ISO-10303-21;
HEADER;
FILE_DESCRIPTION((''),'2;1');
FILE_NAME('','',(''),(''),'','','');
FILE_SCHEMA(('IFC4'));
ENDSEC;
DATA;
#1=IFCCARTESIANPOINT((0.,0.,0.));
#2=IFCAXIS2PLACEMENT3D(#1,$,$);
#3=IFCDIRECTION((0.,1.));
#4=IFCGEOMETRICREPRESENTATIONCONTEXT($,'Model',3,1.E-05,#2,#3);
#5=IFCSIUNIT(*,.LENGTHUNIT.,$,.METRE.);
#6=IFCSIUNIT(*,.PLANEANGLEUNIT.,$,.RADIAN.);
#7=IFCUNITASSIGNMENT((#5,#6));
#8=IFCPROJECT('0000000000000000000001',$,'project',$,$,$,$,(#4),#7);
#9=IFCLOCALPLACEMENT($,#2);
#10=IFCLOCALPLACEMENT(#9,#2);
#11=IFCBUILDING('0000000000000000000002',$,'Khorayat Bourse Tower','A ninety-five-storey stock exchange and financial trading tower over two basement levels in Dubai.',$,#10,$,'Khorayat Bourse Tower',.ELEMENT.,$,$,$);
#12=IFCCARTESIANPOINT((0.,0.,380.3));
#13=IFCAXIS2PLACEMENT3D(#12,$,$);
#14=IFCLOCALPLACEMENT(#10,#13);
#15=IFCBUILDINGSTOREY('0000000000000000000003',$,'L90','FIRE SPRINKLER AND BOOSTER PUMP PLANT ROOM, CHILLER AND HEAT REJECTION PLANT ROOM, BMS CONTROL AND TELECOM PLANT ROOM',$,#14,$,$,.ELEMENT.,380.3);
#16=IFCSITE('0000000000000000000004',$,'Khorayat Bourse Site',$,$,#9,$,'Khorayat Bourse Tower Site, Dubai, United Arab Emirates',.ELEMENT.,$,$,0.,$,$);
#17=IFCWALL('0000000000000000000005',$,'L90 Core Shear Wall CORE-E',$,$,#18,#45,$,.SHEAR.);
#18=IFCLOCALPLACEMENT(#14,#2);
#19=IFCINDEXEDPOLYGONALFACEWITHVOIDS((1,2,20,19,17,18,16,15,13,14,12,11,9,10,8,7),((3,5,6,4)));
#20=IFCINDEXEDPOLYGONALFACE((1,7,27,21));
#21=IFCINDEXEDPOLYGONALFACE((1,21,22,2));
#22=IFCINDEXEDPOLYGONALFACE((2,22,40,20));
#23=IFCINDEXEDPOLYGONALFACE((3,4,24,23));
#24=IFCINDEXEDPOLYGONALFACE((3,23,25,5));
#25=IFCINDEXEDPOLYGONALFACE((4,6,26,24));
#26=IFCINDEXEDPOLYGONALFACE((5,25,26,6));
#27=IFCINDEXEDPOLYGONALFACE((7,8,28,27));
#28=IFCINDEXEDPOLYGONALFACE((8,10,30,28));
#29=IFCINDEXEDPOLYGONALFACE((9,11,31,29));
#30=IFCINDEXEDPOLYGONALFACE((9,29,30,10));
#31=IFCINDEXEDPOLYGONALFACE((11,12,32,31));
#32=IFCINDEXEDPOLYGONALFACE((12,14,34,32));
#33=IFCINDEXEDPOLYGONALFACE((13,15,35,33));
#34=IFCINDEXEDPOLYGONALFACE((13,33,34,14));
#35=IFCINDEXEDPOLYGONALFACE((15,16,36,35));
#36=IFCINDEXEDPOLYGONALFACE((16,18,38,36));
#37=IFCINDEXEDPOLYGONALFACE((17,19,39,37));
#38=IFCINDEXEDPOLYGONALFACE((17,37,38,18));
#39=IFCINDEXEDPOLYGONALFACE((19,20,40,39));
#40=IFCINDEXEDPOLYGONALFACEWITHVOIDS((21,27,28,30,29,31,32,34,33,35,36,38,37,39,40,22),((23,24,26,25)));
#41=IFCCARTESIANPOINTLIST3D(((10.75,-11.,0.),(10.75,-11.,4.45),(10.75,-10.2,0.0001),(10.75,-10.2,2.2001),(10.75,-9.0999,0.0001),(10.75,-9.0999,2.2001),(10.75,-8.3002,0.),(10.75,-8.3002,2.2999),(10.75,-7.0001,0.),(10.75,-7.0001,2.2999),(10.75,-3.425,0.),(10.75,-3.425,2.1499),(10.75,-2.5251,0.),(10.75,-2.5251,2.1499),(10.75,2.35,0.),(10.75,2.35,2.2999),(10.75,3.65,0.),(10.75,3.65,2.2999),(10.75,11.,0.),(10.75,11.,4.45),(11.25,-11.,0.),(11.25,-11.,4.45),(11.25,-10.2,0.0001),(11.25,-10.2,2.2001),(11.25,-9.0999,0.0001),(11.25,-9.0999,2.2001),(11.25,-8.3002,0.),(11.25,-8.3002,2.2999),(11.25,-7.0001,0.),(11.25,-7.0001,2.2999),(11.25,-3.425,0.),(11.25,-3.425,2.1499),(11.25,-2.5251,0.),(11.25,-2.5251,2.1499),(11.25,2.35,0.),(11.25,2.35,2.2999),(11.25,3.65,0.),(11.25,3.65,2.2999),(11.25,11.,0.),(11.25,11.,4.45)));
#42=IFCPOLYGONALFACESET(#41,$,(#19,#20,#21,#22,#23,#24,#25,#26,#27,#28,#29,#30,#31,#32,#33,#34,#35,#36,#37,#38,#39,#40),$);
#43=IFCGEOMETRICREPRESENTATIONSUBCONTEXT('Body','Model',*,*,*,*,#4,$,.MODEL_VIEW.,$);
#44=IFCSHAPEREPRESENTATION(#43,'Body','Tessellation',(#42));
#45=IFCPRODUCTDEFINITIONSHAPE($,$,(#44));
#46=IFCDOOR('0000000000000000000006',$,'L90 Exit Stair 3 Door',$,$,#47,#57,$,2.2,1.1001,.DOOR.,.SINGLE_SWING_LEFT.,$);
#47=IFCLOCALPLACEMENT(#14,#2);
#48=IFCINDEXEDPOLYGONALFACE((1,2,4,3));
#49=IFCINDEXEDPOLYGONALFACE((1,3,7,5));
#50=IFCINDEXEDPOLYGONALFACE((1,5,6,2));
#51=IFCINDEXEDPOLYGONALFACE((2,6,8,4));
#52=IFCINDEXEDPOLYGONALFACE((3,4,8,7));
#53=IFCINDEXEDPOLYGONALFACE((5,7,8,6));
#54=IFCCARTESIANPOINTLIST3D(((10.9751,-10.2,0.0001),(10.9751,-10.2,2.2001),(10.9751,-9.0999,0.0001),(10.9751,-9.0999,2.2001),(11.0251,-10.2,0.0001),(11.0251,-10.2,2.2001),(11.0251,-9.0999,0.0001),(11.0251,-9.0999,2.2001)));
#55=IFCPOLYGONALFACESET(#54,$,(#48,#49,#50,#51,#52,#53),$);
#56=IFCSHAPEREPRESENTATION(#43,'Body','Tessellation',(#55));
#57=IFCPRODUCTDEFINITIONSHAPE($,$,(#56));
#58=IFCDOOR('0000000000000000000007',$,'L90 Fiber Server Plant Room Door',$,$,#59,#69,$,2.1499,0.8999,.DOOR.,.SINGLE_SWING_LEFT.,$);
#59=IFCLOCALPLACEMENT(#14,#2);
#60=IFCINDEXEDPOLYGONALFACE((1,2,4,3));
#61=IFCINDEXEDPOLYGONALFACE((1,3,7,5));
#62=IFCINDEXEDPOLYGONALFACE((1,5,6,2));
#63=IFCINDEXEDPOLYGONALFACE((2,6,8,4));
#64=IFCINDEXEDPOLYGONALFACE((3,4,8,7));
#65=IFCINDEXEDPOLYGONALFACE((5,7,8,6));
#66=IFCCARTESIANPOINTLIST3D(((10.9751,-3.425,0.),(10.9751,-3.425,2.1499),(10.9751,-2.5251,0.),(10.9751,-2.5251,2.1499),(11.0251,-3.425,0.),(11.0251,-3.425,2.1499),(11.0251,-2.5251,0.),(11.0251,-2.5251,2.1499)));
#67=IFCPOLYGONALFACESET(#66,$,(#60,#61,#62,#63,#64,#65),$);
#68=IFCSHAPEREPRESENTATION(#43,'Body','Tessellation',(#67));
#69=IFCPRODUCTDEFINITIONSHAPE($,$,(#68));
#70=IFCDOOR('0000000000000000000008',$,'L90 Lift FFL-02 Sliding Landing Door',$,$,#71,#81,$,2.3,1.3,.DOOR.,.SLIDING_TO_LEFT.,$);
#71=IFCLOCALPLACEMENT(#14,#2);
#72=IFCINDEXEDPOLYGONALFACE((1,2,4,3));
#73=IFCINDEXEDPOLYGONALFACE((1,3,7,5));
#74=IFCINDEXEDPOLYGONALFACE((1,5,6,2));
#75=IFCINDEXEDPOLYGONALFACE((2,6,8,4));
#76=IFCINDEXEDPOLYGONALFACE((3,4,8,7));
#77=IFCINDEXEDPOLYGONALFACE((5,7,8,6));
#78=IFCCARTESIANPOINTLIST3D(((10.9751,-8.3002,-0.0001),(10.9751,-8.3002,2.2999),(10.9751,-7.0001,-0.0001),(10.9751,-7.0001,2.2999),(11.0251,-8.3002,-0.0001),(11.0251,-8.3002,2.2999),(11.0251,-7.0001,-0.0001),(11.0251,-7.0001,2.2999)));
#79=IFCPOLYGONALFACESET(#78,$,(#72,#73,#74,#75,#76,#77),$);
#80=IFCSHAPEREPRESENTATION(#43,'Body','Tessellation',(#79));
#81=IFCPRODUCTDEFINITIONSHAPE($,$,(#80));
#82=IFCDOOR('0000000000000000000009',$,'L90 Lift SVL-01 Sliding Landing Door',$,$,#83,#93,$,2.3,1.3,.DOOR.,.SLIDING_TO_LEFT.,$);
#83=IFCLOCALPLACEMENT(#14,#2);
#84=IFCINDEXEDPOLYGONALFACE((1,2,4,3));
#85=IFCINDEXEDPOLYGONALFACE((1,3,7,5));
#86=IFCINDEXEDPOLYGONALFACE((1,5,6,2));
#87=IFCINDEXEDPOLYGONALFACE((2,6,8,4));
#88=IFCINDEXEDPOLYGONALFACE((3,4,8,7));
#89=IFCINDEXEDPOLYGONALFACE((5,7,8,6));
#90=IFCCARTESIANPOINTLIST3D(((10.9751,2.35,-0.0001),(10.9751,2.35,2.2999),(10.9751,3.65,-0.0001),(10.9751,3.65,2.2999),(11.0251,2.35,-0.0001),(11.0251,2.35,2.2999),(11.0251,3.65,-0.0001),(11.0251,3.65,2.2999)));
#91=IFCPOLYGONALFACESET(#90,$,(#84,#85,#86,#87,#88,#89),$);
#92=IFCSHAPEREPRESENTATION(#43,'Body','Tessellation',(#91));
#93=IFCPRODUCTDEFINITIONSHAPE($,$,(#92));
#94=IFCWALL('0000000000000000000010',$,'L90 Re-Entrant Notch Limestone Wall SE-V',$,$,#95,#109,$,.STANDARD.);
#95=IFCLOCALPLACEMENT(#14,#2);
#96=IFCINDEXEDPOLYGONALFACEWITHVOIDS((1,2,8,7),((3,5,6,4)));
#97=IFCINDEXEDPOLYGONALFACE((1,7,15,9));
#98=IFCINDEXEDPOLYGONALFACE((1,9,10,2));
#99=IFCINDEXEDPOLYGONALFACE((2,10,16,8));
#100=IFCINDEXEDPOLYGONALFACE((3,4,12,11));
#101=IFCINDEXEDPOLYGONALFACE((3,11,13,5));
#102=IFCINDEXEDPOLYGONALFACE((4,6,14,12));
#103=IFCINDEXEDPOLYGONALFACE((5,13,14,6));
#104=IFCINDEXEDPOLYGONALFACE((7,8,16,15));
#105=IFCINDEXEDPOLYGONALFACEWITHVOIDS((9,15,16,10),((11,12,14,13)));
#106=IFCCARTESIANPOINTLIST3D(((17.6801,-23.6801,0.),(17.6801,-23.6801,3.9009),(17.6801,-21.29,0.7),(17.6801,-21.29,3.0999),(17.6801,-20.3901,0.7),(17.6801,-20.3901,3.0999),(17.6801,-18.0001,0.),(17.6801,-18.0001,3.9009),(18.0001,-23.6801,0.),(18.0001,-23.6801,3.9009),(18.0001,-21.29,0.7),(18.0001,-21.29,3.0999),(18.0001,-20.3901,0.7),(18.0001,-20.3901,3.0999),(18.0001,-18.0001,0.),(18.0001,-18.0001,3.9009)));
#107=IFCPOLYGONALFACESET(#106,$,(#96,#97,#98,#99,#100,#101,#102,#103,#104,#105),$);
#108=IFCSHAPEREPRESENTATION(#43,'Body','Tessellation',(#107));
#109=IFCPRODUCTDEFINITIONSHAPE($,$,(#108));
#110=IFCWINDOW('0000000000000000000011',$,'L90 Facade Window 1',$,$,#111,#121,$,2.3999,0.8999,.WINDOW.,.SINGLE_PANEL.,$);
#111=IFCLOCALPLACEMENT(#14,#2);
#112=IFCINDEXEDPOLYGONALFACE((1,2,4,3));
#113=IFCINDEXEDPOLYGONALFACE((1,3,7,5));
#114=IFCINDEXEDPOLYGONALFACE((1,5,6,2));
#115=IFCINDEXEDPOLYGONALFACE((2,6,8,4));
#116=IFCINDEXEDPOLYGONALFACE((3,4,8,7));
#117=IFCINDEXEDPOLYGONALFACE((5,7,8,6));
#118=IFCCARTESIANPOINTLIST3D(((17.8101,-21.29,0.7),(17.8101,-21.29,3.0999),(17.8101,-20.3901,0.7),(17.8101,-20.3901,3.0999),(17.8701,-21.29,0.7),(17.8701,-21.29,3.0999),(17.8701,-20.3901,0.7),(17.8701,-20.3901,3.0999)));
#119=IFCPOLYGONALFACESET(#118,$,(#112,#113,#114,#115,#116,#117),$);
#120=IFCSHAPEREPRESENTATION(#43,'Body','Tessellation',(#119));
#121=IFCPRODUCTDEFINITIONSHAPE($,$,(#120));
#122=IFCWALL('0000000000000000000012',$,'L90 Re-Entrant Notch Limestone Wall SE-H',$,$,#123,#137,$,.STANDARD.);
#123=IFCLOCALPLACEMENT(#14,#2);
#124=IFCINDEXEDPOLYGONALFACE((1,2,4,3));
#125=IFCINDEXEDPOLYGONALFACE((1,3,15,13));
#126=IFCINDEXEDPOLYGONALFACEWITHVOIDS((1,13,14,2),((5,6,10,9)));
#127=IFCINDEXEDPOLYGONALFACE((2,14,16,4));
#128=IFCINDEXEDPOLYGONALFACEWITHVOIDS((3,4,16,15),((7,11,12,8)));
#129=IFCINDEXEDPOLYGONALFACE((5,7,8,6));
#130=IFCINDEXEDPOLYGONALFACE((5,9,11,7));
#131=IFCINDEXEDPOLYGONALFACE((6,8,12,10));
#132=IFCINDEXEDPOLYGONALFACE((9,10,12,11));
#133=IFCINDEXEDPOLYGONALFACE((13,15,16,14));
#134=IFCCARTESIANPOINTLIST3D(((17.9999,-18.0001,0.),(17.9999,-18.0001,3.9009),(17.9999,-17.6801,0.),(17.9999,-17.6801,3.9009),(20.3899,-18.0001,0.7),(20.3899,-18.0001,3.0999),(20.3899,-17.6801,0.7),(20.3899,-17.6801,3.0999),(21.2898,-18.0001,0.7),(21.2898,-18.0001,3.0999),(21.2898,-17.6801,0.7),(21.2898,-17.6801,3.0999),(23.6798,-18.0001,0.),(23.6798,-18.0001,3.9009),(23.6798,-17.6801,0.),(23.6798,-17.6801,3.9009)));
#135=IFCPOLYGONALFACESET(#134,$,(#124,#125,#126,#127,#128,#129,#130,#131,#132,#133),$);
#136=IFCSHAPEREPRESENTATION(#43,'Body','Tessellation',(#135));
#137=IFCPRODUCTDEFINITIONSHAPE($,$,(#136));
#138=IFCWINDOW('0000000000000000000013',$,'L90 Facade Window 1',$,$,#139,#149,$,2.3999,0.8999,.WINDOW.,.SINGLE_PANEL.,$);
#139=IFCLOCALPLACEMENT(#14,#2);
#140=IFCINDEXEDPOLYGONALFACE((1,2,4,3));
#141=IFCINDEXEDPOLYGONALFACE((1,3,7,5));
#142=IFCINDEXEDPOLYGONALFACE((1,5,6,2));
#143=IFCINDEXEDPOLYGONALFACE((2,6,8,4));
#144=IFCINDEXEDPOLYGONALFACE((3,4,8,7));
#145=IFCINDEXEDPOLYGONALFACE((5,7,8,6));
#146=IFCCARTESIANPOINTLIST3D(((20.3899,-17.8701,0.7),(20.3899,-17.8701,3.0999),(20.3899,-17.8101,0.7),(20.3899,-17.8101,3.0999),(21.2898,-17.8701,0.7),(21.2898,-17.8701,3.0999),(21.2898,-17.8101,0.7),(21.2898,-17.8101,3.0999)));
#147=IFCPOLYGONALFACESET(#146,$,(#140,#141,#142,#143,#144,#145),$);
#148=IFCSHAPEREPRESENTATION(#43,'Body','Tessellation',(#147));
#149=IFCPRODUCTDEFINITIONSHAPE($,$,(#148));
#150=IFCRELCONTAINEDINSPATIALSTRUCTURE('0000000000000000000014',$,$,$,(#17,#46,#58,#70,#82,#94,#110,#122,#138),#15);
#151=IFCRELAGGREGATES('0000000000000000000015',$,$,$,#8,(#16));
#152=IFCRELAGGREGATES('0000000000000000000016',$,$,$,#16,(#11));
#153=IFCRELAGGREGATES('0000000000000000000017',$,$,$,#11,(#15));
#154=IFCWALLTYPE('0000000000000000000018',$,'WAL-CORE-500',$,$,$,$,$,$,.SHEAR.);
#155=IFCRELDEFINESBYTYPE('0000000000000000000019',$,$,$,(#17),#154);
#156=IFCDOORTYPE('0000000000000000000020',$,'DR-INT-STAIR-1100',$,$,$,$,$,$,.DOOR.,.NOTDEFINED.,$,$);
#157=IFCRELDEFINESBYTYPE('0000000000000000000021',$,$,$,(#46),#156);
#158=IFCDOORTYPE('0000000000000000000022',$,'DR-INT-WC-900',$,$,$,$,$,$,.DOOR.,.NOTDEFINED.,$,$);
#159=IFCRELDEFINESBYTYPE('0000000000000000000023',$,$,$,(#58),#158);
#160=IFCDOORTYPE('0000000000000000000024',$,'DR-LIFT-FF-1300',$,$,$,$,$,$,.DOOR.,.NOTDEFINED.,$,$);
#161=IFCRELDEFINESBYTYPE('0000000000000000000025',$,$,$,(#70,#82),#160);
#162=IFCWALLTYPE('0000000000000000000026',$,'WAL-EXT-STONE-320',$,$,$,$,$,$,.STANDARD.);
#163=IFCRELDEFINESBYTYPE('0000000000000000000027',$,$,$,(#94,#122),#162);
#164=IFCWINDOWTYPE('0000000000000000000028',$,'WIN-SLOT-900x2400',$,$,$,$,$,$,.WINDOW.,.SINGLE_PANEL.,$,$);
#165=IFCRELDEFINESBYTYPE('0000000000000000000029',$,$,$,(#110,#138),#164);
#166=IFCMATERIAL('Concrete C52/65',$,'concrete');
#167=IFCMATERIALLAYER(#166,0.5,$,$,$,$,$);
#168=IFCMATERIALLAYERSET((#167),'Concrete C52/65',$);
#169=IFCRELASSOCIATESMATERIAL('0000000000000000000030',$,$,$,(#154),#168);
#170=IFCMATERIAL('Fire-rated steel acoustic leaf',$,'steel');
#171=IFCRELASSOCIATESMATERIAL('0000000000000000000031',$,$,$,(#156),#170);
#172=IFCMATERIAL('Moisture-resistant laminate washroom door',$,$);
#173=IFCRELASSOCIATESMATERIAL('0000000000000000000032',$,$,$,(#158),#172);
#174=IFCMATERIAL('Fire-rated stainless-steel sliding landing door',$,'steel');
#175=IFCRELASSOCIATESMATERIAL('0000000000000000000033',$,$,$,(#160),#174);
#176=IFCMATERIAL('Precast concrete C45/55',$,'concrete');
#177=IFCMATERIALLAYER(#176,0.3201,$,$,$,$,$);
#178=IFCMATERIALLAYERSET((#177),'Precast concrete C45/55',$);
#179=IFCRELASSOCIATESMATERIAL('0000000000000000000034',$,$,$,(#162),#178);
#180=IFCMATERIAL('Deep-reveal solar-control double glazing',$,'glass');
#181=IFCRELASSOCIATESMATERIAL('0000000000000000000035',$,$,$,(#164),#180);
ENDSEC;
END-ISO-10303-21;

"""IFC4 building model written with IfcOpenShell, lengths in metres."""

from ifc_helpers import new_model, si_unit, direction, frame, frame_2d, origin, place, context, subcontext, project, spatial, rectangle, extrude, source, transform, mapped, material, layer, layer_set, type_object, element, fill, save


model = new_model("IFC4")

# Units and contexts
model_context = context("Model", 3, precision=1e-05, world=origin(), true_north=direction((0.0, 1.0)))
body_context = subcontext(model_context, "Body", "Model", "MODEL_VIEW")
ifc_project = project(units=[si_unit("LENGTHUNIT", "METRE"), si_unit("PLANEANGLEUNIT", "RADIAN")], contexts=[model_context])

# Site, building, storey
site_placement = place(None, origin())
site = spatial("IfcSite", under=ifc_project, at=site_placement, Name="Khorayat Bourse Site", LongName="Khorayat Bourse Tower Site, Dubai, United Arab Emirates", CompositionType="ELEMENT", RefElevation=0.0)
building_placement = place(site_placement, origin())
building = spatial("IfcBuilding", under=site, at=building_placement, Name="Khorayat Bourse Tower", Description="A ninety-five-storey stock exchange and financial trading tower over two basement levels in Dubai.", LongName="Khorayat Bourse Tower", CompositionType="ELEMENT")
storey_placement = place(building_placement, frame((0.0, 0.0, 380.3)))
storey = spatial("IfcBuildingStorey", under=building, at=storey_placement, Name="L90", Description="FIRE SPRINKLER AND BOOSTER PUMP PLANT ROOM, CHILLER AND HEAT REJECTION PLANT ROOM, BMS CONTROL AND TELECOM PLANT ROOM", CompositionType="ELEMENT", Elevation=380.3)

# Wall, openings, doors
ifc_material_1 = material(Name="Concrete C52/65", Category="concrete")
ifc_layer_1 = layer(ifc_material_1, 0.5)
ifc_layer_set_1 = layer_set([ifc_layer_1], Name="Concrete C52/65")
wall_type_1 = type_object("IfcWallType", Name="WAL-CORE-500", PredefinedType="SHEAR", material=ifc_layer_set_1)
shared_shape_1 = source(origin(), body_context, "Body", "SweptSolid", [
    extrude(rectangle(XDim=22.0, YDim=0.5, at=frame_2d((11.0, 0.0))), origin(), (0.0, 0.0, 1.0), 4.45),
])
wall_1_placement = place(storey_placement, frame((11.0, -11.0, 0.0), z_axis=(0.0, 0.0, 1.0), x_axis=(0.0, 1.0, 0.0)))
wall_1 = element("IfcWall", 1, at=wall_1_placement, inside=storey, type_object=wall_type_1, Name="L90 Core Shear Wall CORE-E", PredefinedType="SHEAR", context=body_context, shape_type="MappedRepresentation", body=[
    mapped(shared_shape_1, transform((0.0, 0.0, 0.0), scale=1.0)),
])
shared_shape_2 = source(origin(), body_context, "Body", "SweptSolid", [
    extrude(rectangle(XDim=1.1001, YDim=2.2, at=frame_2d((0.55, 1.1001))), frame((0.0, 0.26, 0.0), z_axis=(0.0, -1.0, 0.0), x_axis=(1.0, 0.0, 0.0)), (0.0, 0.0, 1.0), 0.52),
])
opening_1_placement = place(wall_1_placement, frame((0.8, 0.0, 0.0)))
opening_1 = element("IfcOpeningElement", 2, at=opening_1_placement, cuts=wall_1, PredefinedType="OPENING", context=body_context, shape_type="MappedRepresentation", body=[
    mapped(shared_shape_2, transform((0.0, 0.0, 0.0), scale=1.0)),
])
shared_shape_3 = source(origin(), body_context, "Body", "SweptSolid", [
    extrude(rectangle(XDim=0.8999, YDim=2.1499, at=frame_2d((0.45, 1.075))), frame((0.0, 0.26, 0.0), z_axis=(0.0, -1.0, 0.0), x_axis=(1.0, 0.0, 0.0)), (0.0, 0.0, 1.0), 0.52),
])
opening_2_placement = place(wall_1_placement, frame((7.575, 0.0, 0.0)))
opening_2 = element("IfcOpeningElement", 3, at=opening_2_placement, cuts=wall_1, PredefinedType="OPENING", context=body_context, shape_type="MappedRepresentation", body=[
    mapped(shared_shape_3, transform((0.0, 0.0, 0.0), scale=1.0)),
])
shared_shape_4 = source(origin(), body_context, "Body", "SweptSolid", [
    extrude(rectangle(XDim=1.3, YDim=2.3, at=frame_2d((0.6499, 1.1499))), frame((0.0, 0.26, 0.0), z_axis=(0.0, -1.0, 0.0), x_axis=(1.0, 0.0, 0.0)), (0.0, 0.0, 1.0), 0.52),
])
opening_3_placement = place(wall_1_placement, frame((2.7, 0.0, 0.0)))
opening_3 = element("IfcOpeningElement", 4, at=opening_3_placement, cuts=wall_1, PredefinedType="OPENING", context=body_context, shape_type="MappedRepresentation", body=[
    mapped(shared_shape_4, transform((0.0, 0.0, 0.0), scale=1.0)),
])
opening_4_placement = place(wall_1_placement, frame((13.3501, 0.0, 0.0)))
opening_4 = element("IfcOpeningElement", 5, at=opening_4_placement, cuts=wall_1, PredefinedType="OPENING", context=body_context, shape_type="MappedRepresentation", body=[
    mapped(shared_shape_4, transform((0.0, 0.0, 0.0), scale=1.0)),
])
ifc_material_2 = material(Name="Fire-rated steel acoustic leaf", Category="steel")
door_type_1 = type_object("IfcDoorType", Name="DR-INT-STAIR-1100", OperationType="NOTDEFINED", PredefinedType="DOOR", material=ifc_material_2)
shared_shape_5 = source(origin(), body_context, "Body", "SweptSolid", [
    extrude(rectangle(XDim=1.1001, YDim=2.2, at=frame_2d((0.55, 1.1001))), frame((0.0, 0.0249, 0.0), z_axis=(0.0, -1.0, 0.0), x_axis=(1.0, 0.0, 0.0)), (0.0, 0.0, 1.0), 0.05),
])
door_1_placement = place(opening_1_placement, origin())
door_1 = element("IfcDoor", 6, at=door_1_placement, inside=storey, type_object=door_type_1, Name="L90 Exit Stair 3 Door", OperationType="SINGLE_SWING_LEFT", OverallHeight=2.2, OverallWidth=1.1001, PredefinedType="DOOR", context=body_context, shape_type="MappedRepresentation", body=[
    mapped(shared_shape_5, transform((0.0, 0.0, 0.0), scale=1.0)),
])
fill(opening_1, door_1)
ifc_material_3 = material(Name="Moisture-resistant laminate washroom door")
door_type_2 = type_object("IfcDoorType", Name="DR-INT-WC-900", OperationType="NOTDEFINED", PredefinedType="DOOR", material=ifc_material_3)
shared_shape_6 = source(origin(), body_context, "Body", "SweptSolid", [
    extrude(rectangle(XDim=0.8999, YDim=2.1499, at=frame_2d((0.45, 1.075))), frame((0.0, 0.0249, 0.0), z_axis=(0.0, -1.0, 0.0), x_axis=(1.0, 0.0, 0.0)), (0.0, 0.0, 1.0), 0.05),
])
door_2_placement = place(opening_2_placement, origin())
door_2 = element("IfcDoor", 7, at=door_2_placement, inside=storey, type_object=door_type_2, Name="L90 Fiber Server Plant Room Door", OperationType="SINGLE_SWING_LEFT", OverallHeight=2.1499, OverallWidth=0.8999, PredefinedType="DOOR", context=body_context, shape_type="MappedRepresentation", body=[
    mapped(shared_shape_6, transform((0.0, 0.0, 0.0), scale=1.0)),
])
fill(opening_2, door_2)
ifc_material_4 = material(Name="Fire-rated stainless-steel sliding landing door", Category="steel")
door_type_3 = type_object("IfcDoorType", Name="DR-LIFT-FF-1300", OperationType="NOTDEFINED", PredefinedType="DOOR", material=ifc_material_4)
shared_shape_7 = source(origin(), body_context, "Body", "SweptSolid", [
    extrude(rectangle(XDim=1.3, YDim=2.3, at=frame_2d((0.6499, 1.1499))), frame((0.0, 0.0249, 0.0), z_axis=(0.0, -1.0, 0.0), x_axis=(1.0, 0.0, 0.0)), (0.0, 0.0, 1.0), 0.05),
])
door_3_placement = place(opening_3_placement, origin())
door_3 = element("IfcDoor", 8, at=door_3_placement, inside=storey, type_object=door_type_3, Name="L90 Lift FFL-02 Sliding Landing Door", OperationType="SLIDING_TO_LEFT", OverallHeight=2.3, OverallWidth=1.3, PredefinedType="DOOR", context=body_context, shape_type="MappedRepresentation", body=[
    mapped(shared_shape_7, transform((0.0, 0.0, 0.0), scale=1.0)),
])
fill(opening_3, door_3)
door_4_placement = place(opening_4_placement, origin())
door_4 = element("IfcDoor", 9, at=door_4_placement, inside=storey, type_object=door_type_3, Name="L90 Lift SVL-01 Sliding Landing Door", OperationType="SLIDING_TO_LEFT", OverallHeight=2.3, OverallWidth=1.3, PredefinedType="DOOR", context=body_context, shape_type="MappedRepresentation", body=[
    mapped(shared_shape_7, transform((0.0, 0.0, 0.0), scale=1.0)),
])
fill(opening_4, door_4)

# Walls, openings, windows
ifc_material_5 = material(Name="Precast concrete C45/55", Category="concrete")
ifc_layer_2 = layer(ifc_material_5, 0.3201)
ifc_layer_set_2 = layer_set([ifc_layer_2], Name="Precast concrete C45/55")
wall_type_2 = type_object("IfcWallType", Name="WAL-EXT-STONE-320", PredefinedType="STANDARD", material=ifc_layer_set_2)
shared_shape_8 = source(origin(), body_context, "Body", "SweptSolid", [
    extrude(rectangle(XDim=5.6799, YDim=0.3201, at=frame_2d((2.8398, 0.0))), origin(), (0.0, 0.0, 1.0), 3.9009),
])
wall_2_placement = place(storey_placement, frame((17.8401, -23.6799, 0.0), z_axis=(0.0, 0.0, 1.0), x_axis=(0.0, 1.0, 0.0)))
wall_2 = element("IfcWall", 10, at=wall_2_placement, inside=storey, type_object=wall_type_2, Name="L90 Re-Entrant Notch Limestone Wall SE-V", PredefinedType="STANDARD", context=body_context, shape_type="MappedRepresentation", body=[
    mapped(shared_shape_8, transform((0.0, 0.0, 0.0), scale=1.0)),
])
shared_shape_9 = source(origin(), body_context, "Body", "SweptSolid", [
    extrude(rectangle(XDim=0.8999, YDim=2.3999, at=frame_2d((0.45, 1.2))), frame((0.0, 0.1699, 0.0), z_axis=(0.0, -1.0, 0.0), x_axis=(1.0, 0.0, 0.0)), (0.0, 0.0, 1.0), 0.3401),
])
opening_5_placement = place(wall_2_placement, frame((2.3899, 0.0, 0.7)))
opening_5 = element("IfcOpeningElement", 11, at=opening_5_placement, cuts=wall_2, PredefinedType="OPENING", context=body_context, shape_type="MappedRepresentation", body=[
    mapped(shared_shape_9, transform((0.0, 0.0, 0.0), scale=1.0)),
])
ifc_material_6 = material(Name="Deep-reveal solar-control double glazing", Category="glass")
window_type = type_object("IfcWindowType", Name="WIN-SLOT-900x2400", PartitioningType="SINGLE_PANEL", PredefinedType="WINDOW", material=ifc_material_6)
shared_shape_10 = source(origin(), body_context, "Body", "SweptSolid", [
    extrude(rectangle(XDim=0.8999, YDim=2.3999, at=frame_2d((0.45, 1.2))), frame((0.0, 0.03, 0.0), z_axis=(0.0, -1.0, 0.0), x_axis=(1.0, 0.0, 0.0)), (0.0, 0.0, 1.0), 0.0601),
])
window_1_placement = place(opening_5_placement, origin())
window_1 = element("IfcWindow", 12, at=window_1_placement, inside=storey, type_object=window_type, Name="L90 Facade Window 1", OverallHeight=2.3999, OverallWidth=0.8999, PartitioningType="SINGLE_PANEL", PredefinedType="WINDOW", context=body_context, shape_type="MappedRepresentation", body=[
    mapped(shared_shape_10, transform((0.0, 0.0, 0.0), scale=1.0)),
])
fill(opening_5, window_1)
wall_3_placement = place(storey_placement, frame((18.0, -17.8401, 0.0), z_axis=(0.0, 0.0, 1.0), x_axis=(1.0, 0.0, 0.0)))
wall_3 = element("IfcWall", 13, at=wall_3_placement, inside=storey, type_object=wall_type_2, Name="L90 Re-Entrant Notch Limestone Wall SE-H", PredefinedType="STANDARD", context=body_context, shape_type="MappedRepresentation", body=[
    mapped(shared_shape_8, transform((0.0, 0.0, 0.0), scale=1.0)),
])
opening_6_placement = place(wall_3_placement, frame((2.3899, 0.0, 0.7)))
opening_6 = element("IfcOpeningElement", 14, at=opening_6_placement, cuts=wall_3, PredefinedType="OPENING", context=body_context, shape_type="MappedRepresentation", body=[
    mapped(shared_shape_9, transform((0.0, 0.0, 0.0), scale=1.0)),
])
window_2_placement = place(opening_6_placement, origin())
window_2 = element("IfcWindow", 15, at=window_2_placement, inside=storey, type_object=window_type, Name="L90 Facade Window 1", OverallHeight=2.3999, OverallWidth=0.8999, PartitioningType="SINGLE_PANEL", PredefinedType="WINDOW", context=body_context, shape_type="MappedRepresentation", body=[
    mapped(shared_shape_10, transform((0.0, 0.0, 0.0), scale=1.0)),
])
fill(opening_6, window_2)

save(model, "model.ifc")
